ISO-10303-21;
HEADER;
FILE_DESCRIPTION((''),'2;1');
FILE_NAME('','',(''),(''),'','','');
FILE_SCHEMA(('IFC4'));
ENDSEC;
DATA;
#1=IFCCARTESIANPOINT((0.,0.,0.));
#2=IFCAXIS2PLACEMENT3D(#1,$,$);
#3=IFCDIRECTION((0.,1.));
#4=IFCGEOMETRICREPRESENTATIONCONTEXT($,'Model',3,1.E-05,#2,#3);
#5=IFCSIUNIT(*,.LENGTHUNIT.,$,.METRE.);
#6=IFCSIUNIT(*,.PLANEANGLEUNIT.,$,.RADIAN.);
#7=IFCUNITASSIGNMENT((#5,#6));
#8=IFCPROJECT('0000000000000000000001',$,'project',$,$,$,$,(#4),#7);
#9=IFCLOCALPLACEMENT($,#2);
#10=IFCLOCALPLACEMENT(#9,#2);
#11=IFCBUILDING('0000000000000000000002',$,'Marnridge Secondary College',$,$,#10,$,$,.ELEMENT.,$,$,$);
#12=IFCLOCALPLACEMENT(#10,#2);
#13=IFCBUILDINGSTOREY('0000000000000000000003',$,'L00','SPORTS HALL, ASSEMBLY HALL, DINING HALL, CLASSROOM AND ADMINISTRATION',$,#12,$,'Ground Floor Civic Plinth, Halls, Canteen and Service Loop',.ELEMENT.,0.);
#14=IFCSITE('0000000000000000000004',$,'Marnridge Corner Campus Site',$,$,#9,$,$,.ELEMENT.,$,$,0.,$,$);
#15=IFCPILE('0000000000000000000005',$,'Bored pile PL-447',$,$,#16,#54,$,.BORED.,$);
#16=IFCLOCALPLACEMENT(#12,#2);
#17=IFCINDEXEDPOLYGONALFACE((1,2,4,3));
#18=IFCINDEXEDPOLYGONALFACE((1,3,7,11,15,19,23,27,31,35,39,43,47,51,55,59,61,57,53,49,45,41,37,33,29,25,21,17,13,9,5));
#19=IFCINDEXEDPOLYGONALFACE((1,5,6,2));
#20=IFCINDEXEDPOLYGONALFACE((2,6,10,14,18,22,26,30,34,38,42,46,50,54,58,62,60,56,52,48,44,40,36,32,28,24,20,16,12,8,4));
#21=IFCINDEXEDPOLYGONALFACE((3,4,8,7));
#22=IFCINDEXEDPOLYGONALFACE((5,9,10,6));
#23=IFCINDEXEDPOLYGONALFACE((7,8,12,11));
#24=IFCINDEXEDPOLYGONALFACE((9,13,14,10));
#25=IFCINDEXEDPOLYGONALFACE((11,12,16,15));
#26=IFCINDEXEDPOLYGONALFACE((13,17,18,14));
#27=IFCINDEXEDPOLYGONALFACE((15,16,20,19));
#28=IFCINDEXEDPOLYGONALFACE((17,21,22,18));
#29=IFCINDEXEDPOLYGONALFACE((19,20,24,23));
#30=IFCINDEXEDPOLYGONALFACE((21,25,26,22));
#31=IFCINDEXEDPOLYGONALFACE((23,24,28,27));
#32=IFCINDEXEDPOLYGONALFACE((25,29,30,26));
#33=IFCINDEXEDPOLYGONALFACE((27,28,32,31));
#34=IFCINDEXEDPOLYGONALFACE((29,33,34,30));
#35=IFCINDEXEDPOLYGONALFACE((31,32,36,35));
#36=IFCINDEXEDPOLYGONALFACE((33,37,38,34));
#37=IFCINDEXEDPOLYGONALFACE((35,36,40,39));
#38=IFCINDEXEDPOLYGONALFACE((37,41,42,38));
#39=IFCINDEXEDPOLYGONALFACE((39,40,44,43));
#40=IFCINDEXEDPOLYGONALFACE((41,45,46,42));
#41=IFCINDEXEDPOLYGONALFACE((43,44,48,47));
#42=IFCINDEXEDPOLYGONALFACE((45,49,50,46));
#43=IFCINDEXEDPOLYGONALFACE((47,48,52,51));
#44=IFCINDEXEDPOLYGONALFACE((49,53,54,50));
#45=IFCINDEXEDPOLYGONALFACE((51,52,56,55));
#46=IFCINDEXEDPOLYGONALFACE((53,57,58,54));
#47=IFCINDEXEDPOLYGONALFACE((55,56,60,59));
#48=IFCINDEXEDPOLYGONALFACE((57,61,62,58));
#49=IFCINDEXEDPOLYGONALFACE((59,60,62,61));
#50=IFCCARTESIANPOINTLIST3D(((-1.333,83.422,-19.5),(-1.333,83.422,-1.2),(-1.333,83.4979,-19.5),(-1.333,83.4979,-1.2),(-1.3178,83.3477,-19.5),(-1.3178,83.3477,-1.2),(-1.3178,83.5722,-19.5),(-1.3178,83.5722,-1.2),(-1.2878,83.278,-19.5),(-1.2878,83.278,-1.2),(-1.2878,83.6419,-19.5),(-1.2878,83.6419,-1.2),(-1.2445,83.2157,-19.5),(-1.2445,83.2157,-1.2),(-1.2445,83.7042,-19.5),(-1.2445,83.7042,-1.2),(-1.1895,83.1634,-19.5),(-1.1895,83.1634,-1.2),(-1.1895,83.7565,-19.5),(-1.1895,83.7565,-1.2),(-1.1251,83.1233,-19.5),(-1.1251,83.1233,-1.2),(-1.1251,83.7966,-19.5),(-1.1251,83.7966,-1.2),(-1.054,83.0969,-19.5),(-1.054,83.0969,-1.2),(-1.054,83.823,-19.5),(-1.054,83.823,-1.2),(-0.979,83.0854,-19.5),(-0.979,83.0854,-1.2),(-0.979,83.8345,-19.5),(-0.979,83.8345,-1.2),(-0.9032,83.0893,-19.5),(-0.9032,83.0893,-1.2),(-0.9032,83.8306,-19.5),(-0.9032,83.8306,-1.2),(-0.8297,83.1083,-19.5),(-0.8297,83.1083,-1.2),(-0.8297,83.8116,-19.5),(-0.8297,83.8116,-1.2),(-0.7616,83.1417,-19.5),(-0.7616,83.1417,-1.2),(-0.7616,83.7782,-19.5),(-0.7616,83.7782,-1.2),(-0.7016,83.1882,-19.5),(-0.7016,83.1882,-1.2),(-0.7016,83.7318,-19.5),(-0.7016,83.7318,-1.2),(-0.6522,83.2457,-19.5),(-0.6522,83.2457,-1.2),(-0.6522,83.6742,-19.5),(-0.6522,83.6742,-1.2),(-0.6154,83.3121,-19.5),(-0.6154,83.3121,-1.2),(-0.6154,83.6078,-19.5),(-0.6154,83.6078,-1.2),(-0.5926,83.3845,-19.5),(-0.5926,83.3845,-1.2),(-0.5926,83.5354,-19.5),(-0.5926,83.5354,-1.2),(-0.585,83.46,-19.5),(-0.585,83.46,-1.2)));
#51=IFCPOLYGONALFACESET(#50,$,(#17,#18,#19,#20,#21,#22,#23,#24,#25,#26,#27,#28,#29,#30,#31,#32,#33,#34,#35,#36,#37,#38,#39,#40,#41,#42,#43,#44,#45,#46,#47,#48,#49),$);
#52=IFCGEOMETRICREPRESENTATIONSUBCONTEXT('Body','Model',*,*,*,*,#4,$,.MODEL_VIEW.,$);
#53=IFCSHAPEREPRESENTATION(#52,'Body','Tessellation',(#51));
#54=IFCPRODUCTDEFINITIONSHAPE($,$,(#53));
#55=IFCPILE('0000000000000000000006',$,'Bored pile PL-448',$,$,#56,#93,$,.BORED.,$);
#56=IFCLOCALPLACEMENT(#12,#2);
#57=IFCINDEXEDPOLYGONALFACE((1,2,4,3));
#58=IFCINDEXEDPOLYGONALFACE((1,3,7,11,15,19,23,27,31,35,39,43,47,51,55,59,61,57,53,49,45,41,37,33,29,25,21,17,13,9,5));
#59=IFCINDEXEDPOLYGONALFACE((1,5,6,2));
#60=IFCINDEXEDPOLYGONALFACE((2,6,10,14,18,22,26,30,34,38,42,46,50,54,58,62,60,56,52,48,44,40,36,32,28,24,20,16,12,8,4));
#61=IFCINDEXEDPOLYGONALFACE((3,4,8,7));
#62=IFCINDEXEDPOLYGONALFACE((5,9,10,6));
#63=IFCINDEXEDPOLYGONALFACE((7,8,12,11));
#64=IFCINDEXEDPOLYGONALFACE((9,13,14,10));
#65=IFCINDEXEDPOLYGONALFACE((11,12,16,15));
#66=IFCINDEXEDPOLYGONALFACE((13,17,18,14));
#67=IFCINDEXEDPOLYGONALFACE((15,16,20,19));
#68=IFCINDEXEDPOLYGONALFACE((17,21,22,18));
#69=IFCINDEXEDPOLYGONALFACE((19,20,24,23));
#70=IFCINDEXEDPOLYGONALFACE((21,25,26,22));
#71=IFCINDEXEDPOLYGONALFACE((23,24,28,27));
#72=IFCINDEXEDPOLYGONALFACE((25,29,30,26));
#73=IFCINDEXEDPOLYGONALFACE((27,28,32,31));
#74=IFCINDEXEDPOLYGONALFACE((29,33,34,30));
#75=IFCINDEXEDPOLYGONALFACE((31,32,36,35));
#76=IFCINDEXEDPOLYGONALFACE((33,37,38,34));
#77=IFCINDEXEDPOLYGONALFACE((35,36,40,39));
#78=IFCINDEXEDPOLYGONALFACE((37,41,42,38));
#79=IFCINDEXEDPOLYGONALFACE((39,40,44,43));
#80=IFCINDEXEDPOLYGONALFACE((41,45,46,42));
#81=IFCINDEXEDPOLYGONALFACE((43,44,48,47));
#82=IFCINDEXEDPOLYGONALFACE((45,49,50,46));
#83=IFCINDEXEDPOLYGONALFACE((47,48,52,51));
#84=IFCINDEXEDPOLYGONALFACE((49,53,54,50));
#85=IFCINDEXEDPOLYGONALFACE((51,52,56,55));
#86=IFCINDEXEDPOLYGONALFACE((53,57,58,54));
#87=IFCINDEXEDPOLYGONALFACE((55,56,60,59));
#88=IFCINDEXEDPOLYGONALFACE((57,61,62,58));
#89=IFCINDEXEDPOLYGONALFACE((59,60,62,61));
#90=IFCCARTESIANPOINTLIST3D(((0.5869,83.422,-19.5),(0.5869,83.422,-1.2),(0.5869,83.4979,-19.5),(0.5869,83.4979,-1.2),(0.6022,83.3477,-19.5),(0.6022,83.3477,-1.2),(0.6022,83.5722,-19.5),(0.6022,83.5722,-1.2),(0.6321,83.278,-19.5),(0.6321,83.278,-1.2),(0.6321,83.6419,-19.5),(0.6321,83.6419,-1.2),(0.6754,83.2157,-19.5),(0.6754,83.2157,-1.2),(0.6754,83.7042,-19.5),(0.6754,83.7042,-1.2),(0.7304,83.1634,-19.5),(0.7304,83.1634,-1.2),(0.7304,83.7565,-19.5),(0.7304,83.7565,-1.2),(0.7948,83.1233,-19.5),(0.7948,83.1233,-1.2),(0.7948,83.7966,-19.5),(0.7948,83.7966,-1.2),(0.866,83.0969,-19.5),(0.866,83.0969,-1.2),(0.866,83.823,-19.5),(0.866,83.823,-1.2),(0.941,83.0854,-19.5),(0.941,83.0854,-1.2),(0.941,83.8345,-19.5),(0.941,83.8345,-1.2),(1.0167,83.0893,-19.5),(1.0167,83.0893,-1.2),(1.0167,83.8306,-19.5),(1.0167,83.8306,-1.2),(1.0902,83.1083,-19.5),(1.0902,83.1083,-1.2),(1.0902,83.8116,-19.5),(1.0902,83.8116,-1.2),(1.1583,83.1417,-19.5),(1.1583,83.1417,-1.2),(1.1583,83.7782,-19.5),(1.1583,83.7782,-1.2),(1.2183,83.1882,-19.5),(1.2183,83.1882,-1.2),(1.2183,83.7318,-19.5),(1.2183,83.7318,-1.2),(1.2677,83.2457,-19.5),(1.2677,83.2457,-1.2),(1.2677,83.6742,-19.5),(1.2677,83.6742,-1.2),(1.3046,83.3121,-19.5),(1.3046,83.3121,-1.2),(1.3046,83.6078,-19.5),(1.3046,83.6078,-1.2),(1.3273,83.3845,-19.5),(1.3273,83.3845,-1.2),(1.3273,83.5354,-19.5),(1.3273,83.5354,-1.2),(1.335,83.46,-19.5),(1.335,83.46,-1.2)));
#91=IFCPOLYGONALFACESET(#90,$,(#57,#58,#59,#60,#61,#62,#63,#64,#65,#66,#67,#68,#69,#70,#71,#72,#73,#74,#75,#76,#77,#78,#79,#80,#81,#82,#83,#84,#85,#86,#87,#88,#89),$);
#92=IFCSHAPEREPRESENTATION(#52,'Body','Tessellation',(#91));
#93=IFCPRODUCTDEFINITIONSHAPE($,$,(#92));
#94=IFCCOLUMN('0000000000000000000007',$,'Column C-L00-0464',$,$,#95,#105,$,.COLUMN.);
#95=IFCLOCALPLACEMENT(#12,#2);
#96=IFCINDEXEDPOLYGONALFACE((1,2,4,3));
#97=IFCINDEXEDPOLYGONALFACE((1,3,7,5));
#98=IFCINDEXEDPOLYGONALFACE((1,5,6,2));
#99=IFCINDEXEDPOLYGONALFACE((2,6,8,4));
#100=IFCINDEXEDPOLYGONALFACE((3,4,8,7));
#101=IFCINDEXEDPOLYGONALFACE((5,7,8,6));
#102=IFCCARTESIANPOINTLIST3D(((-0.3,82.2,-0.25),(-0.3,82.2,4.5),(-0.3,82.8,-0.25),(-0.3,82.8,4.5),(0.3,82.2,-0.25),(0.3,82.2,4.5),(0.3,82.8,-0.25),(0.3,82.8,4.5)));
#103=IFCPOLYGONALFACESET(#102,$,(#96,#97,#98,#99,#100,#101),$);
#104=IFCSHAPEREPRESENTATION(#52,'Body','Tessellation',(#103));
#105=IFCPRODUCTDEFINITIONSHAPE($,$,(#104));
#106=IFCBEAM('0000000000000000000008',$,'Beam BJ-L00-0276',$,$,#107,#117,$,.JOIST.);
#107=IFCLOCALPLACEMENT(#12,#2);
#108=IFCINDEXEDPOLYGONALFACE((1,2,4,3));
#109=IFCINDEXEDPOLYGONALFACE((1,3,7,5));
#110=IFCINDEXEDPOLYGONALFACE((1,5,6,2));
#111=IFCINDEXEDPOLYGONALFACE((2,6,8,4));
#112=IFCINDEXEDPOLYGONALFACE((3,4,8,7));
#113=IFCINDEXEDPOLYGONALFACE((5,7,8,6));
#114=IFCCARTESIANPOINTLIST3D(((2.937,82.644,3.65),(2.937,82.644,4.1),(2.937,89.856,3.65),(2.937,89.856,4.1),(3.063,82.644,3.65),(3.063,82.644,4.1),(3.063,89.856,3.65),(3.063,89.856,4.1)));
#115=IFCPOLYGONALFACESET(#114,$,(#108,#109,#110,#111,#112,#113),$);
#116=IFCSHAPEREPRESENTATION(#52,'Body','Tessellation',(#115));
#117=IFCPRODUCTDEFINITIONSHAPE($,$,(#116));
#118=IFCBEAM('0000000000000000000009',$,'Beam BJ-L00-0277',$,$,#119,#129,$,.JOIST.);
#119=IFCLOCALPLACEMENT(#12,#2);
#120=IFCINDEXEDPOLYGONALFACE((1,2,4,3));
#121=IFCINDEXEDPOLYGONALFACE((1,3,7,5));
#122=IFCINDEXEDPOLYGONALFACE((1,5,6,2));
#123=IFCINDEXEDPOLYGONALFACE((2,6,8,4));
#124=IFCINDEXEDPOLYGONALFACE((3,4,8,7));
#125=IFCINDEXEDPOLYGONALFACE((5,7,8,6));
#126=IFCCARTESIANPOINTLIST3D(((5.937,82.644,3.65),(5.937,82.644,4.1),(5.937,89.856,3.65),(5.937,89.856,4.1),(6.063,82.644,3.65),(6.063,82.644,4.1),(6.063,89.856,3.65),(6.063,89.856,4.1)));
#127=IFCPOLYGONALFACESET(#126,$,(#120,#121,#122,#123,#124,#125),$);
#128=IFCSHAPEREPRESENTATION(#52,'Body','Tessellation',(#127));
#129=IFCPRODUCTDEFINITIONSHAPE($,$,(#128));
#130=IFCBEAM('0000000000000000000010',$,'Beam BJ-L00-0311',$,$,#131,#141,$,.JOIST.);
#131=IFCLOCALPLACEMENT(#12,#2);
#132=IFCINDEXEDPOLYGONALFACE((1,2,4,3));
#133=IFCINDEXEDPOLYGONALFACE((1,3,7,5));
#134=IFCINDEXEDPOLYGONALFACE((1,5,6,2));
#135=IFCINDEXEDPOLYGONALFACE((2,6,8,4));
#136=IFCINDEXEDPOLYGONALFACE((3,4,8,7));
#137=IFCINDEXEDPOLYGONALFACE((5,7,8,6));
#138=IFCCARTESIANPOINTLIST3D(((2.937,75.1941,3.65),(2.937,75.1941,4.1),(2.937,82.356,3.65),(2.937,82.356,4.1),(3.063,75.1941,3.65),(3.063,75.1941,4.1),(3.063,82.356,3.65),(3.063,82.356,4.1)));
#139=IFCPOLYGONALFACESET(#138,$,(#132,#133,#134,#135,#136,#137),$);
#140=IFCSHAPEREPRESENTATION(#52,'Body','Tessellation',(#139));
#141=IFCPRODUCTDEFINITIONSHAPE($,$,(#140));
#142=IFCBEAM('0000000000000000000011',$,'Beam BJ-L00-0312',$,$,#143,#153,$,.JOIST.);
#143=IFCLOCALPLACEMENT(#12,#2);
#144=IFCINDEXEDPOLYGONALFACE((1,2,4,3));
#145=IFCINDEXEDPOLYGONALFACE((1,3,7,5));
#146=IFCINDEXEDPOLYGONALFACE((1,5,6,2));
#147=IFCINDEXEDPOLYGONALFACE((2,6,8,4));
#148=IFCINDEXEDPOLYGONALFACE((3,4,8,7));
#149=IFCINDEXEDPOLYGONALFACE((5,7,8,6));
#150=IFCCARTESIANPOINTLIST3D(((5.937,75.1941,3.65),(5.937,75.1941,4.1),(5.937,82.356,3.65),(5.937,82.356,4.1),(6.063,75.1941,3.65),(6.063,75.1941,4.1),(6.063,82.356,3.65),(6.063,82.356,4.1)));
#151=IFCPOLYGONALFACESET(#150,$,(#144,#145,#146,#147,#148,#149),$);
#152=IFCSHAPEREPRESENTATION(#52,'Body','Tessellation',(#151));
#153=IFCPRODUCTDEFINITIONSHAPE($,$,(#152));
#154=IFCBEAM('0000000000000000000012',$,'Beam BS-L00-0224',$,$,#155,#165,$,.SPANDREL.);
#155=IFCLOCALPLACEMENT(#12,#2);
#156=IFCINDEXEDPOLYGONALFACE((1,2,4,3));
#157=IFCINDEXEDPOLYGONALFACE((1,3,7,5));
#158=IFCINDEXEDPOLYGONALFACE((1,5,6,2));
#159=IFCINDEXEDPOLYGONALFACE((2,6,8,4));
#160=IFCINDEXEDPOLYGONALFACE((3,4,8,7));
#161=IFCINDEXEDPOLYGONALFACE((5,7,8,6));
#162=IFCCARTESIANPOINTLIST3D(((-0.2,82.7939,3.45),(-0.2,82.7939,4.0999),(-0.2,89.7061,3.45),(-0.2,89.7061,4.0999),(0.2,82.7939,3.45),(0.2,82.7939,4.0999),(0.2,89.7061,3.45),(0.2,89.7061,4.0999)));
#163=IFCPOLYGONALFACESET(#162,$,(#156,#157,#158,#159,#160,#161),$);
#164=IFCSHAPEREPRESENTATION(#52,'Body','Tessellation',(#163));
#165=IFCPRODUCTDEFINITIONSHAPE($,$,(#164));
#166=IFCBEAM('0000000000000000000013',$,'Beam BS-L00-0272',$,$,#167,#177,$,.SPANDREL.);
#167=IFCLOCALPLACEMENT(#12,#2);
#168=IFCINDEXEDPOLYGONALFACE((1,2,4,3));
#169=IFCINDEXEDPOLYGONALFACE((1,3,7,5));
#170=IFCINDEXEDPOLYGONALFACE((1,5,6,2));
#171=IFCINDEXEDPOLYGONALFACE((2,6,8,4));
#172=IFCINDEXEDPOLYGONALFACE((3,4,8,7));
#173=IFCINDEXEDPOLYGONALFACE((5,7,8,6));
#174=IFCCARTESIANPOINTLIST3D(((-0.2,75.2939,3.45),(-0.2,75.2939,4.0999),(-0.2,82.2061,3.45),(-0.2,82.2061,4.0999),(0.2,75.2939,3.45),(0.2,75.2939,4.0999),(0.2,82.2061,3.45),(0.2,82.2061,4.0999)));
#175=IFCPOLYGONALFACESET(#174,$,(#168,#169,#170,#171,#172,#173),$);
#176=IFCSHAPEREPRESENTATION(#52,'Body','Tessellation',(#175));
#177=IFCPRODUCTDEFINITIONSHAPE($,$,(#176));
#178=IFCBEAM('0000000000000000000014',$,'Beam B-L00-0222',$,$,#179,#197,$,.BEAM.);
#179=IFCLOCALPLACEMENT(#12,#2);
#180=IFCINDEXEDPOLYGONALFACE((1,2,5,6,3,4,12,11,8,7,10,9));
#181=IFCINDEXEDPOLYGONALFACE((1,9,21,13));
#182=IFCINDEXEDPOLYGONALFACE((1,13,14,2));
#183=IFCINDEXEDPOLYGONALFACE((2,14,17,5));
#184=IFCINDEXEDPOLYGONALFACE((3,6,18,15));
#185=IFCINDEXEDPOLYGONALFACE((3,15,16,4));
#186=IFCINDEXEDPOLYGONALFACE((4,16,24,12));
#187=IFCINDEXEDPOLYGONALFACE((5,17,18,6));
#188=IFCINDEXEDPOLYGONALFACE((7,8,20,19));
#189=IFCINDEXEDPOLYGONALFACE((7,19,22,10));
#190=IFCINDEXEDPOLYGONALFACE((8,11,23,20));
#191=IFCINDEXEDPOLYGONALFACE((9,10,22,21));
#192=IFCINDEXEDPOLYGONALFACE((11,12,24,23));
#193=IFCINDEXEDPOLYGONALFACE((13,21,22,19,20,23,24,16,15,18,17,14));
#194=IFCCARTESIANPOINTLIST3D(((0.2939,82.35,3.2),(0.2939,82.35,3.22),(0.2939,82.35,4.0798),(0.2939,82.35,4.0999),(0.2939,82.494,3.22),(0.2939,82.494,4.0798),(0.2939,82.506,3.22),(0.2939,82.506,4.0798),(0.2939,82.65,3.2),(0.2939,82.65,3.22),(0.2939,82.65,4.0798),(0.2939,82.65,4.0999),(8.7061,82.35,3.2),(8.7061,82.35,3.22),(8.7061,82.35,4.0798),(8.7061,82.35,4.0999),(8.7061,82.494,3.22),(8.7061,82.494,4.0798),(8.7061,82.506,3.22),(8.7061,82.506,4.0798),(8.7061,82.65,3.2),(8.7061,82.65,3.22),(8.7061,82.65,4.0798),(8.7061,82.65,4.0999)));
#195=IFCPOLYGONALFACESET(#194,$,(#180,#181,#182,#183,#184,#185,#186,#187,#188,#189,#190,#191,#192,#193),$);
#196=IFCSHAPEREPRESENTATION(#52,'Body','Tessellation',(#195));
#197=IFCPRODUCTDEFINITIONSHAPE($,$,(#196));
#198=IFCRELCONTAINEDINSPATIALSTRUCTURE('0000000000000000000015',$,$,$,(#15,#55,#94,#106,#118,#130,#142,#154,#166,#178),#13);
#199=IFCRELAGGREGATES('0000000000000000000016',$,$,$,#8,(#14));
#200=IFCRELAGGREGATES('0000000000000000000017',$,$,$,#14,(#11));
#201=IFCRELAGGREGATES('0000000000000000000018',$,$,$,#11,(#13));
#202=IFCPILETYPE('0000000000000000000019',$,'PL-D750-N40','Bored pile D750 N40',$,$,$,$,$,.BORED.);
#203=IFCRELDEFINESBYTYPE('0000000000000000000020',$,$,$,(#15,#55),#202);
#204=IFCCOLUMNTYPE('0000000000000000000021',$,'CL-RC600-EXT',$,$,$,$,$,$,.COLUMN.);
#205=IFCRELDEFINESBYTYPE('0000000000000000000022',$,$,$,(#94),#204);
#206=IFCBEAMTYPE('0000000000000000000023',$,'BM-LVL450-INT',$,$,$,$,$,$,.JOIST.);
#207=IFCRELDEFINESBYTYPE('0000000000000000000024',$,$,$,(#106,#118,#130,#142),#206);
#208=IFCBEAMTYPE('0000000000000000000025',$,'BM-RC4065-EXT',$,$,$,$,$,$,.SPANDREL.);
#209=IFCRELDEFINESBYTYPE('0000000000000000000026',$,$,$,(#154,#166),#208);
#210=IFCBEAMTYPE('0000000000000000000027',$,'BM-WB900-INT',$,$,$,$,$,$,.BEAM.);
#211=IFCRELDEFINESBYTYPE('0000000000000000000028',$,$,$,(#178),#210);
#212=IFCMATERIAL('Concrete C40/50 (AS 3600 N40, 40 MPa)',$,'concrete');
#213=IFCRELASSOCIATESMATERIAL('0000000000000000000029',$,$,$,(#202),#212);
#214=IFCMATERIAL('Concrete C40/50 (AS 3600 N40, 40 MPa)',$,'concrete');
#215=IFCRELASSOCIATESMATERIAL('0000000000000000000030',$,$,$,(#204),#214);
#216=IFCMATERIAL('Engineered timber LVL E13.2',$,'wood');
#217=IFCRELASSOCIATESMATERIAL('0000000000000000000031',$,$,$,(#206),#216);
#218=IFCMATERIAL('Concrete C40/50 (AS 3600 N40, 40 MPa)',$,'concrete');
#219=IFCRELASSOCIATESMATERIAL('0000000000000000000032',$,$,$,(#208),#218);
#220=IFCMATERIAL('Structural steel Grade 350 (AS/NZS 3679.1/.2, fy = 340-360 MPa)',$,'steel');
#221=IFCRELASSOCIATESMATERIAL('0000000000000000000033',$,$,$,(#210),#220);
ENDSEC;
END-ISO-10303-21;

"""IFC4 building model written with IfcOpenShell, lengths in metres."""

from ifc_helpers import new_model, si_unit, direction, frame, origin, origin_2d, place, context, subcontext, project, spatial, rectangle, circle, i_section, extrude, material, material_profile, profile_set, type_object, element, save


model = new_model("IFC4")

# Units and contexts
model_context = context("Model", 3, precision=1e-05, world=origin(), true_north=direction((0.0, 1.0)))
body_context = subcontext(model_context, "Body", "Model", "MODEL_VIEW")
ifc_project = project(units=[si_unit("LENGTHUNIT", "METRE"), si_unit("PLANEANGLEUNIT", "RADIAN")], contexts=[model_context])

# Site, building, storey
site_placement = place(None, origin())
site = spatial("IfcSite", under=ifc_project, at=site_placement, Name="Marnridge Corner Campus Site", CompositionType="ELEMENT", RefElevation=0.0)
building_placement = place(site_placement, origin())
building = spatial("IfcBuilding", under=site, at=building_placement, Name="Marnridge Secondary College", CompositionType="ELEMENT")
storey_placement = place(building_placement, origin())
storey = spatial("IfcBuildingStorey", under=building, at=storey_placement, Name="L00", Description="SPORTS HALL, ASSEMBLY HALL, DINING HALL, CLASSROOM AND ADMINISTRATION", LongName="Ground Floor Civic Plinth, Halls, Canteen and Service Loop", CompositionType="ELEMENT", Elevation=0.0)

# Piles
ifc_material_1 = material(Name="Concrete C40/50 (AS 3600 N40, 40 MPa)", Category="concrete")
ifc_material_profile_1 = material_profile(ifc_material_1, circle(Radius=0.375, at=origin_2d()), Name="PILE D750")
ifc_profile_set_1 = profile_set([ifc_material_profile_1], Name="Concrete C40/50 (AS 3600 N40, 40 MPa)")
pile_type_1 = type_object("IfcPileType", Name="PL-D750-N40", Description="Bored pile D750 N40", PredefinedType="BORED", material=ifc_profile_set_1)
for number, where, z_axis, x_axis, name in (
    (1, (-0.96, 83.46, -1.2), (0.0, 0.0, -1.0), (1.0, 0.0, 0.0), "Bored pile PL-447"),
    (2, (0.96, 83.46, -1.2), (0.0, 0.0, -1.0), (1.0, 0.0, 0.0), "Bored pile PL-448"),
):
    element("IfcPile", number, at=place(storey_placement, frame(where, z_axis=z_axis, x_axis=x_axis)), inside=storey, type_object=pile_type_1, Name=name, PredefinedType="BORED", context=body_context, shape_type="SweptSolid", body=[
        extrude(circle(Radius=0.375, at=origin_2d()), origin(), (0.0, 0.0, 1.0), 18.3),
    ])

# Column
ifc_material_2 = material(Name="Concrete C40/50 (AS 3600 N40, 40 MPa)", Category="concrete")
ifc_material_profile_2 = material_profile(ifc_material_2, rectangle(XDim=0.6001, YDim=0.6001, at=origin_2d()), Name="RC 600x600")
ifc_profile_set_2 = profile_set([ifc_material_profile_2], Name="Concrete C40/50 (AS 3600 N40, 40 MPa)")
column_type = type_object("IfcColumnType", Name="CL-RC600-EXT", PredefinedType="COLUMN", material=ifc_profile_set_2)
column_placement = place(storey_placement, frame((0.0, 82.5, -0.25), z_axis=(0.0, 0.0, 1.0), x_axis=(1.0, 0.0, 0.0)))
element("IfcColumn", 3, at=column_placement, inside=storey, type_object=column_type, Name="Column C-L00-0464", PredefinedType="COLUMN", context=body_context, shape_type="SweptSolid", body=[
    extrude(rectangle(XDim=0.6001, YDim=0.6001, at=origin_2d()), origin(), (0.0, 0.0, 1.0), 4.75),
])

# Beams
ifc_material_3 = material(Name="Engineered timber LVL E13.2", Category="wood")
ifc_material_profile_3 = material_profile(ifc_material_3, rectangle(XDim=0.126, YDim=0.45, at=origin_2d()), Name="LVL 126x450")
ifc_profile_set_3 = profile_set([ifc_material_profile_3], Name="Engineered timber LVL E13.2")
beam_type_1 = type_object("IfcBeamType", Name="BM-LVL450-INT", PredefinedType="JOIST", material=ifc_profile_set_3)
for number, where, z_axis, x_axis, name in (
    (4, (3.0, 82.644, 3.875), (0.0, 1.0, 0.0), (-1.0, 0.0, 0.0), "Beam BJ-L00-0276"),
    (5, (6.0, 82.644, 3.875), (0.0, 1.0, 0.0), (-1.0, 0.0, 0.0), "Beam BJ-L00-0277"),
):
    element("IfcBeam", number, at=place(storey_placement, frame(where, z_axis=z_axis, x_axis=x_axis)), inside=storey, type_object=beam_type_1, Name=name, PredefinedType="JOIST", context=body_context, shape_type="SweptSolid", body=[
        extrude(rectangle(XDim=0.126, YDim=0.45, at=origin_2d()), origin(), (0.0, 0.0, 1.0), 7.2119),
    ])
for number, where, z_axis, x_axis, name in (
    (6, (3.0, 75.1941, 3.875), (0.0, 1.0, 0.0), (-1.0, 0.0, 0.0), "Beam BJ-L00-0311"),
    (7, (6.0, 75.1941, 3.875), (0.0, 1.0, 0.0), (-1.0, 0.0, 0.0), "Beam BJ-L00-0312"),
):
    element("IfcBeam", number, at=place(storey_placement, frame(where, z_axis=z_axis, x_axis=x_axis)), inside=storey, type_object=beam_type_1, Name=name, PredefinedType="JOIST", context=body_context, shape_type="SweptSolid", body=[
        extrude(rectangle(XDim=0.126, YDim=0.45, at=origin_2d()), origin(), (0.0, 0.0, 1.0), 7.1619),
    ])
ifc_material_4 = material(Name="Concrete C40/50 (AS 3600 N40, 40 MPa)", Category="concrete")
ifc_material_profile_4 = material_profile(ifc_material_4, rectangle(XDim=0.3999, YDim=0.6499, at=origin_2d()), Name="RC 400x650")
ifc_profile_set_4 = profile_set([ifc_material_profile_4], Name="Concrete C40/50 (AS 3600 N40, 40 MPa)")
beam_type_2 = type_object("IfcBeamType", Name="BM-RC4065-EXT", PredefinedType="SPANDREL", material=ifc_profile_set_4)
for number, where, z_axis, x_axis, name in (
    (8, (0.0, 82.7939, 3.7749), (0.0, 1.0, 0.0), (-1.0, 0.0, 0.0), "Beam BS-L00-0224"),
    (9, (0.0, 75.2939, 3.7749), (0.0, 1.0, 0.0), (-1.0, 0.0, 0.0), "Beam BS-L00-0272"),
):
    element("IfcBeam", number, at=place(storey_placement, frame(where, z_axis=z_axis, x_axis=x_axis)), inside=storey, type_object=beam_type_2, Name=name, PredefinedType="SPANDREL", context=body_context, shape_type="SweptSolid", body=[
        extrude(rectangle(XDim=0.3999, YDim=0.6499, at=origin_2d()), origin(), (0.0, 0.0, 1.0), 6.9121),
    ])
ifc_material_5 = material(Name="Structural steel Grade 350 (AS/NZS 3679.1/.2, fy = 340-360 MPa)", Category="steel")
ifc_material_profile_5 = material_profile(ifc_material_5, i_section(OverallWidth=0.3, OverallDepth=0.8999, WebThickness=0.012, FlangeThickness=0.02, at=origin_2d()), Name="900WB175")
ifc_profile_set_5 = profile_set([ifc_material_profile_5], Name="Structural steel Grade 350 (AS/NZS 3679.1/.2, fy = 340-360 MPa)")
beam_type_3 = type_object("IfcBeamType", Name="BM-WB900-INT", PredefinedType="BEAM", material=ifc_profile_set_5)
beam_placement = place(storey_placement, frame((0.2939, 82.5, 3.6499), z_axis=(1.0, 0.0, 0.0), x_axis=(0.0, 1.0, 0.0)))
element("IfcBeam", 10, at=beam_placement, inside=storey, type_object=beam_type_3, Name="Beam B-L00-0222", PredefinedType="BEAM", context=body_context, shape_type="SweptSolid", body=[
    extrude(i_section(OverallWidth=0.3, OverallDepth=0.8999, WebThickness=0.012, FlangeThickness=0.02, at=origin_2d()), origin(), (0.0, 0.0, 1.0), 8.4121),
])

save(model, "model.ifc")
